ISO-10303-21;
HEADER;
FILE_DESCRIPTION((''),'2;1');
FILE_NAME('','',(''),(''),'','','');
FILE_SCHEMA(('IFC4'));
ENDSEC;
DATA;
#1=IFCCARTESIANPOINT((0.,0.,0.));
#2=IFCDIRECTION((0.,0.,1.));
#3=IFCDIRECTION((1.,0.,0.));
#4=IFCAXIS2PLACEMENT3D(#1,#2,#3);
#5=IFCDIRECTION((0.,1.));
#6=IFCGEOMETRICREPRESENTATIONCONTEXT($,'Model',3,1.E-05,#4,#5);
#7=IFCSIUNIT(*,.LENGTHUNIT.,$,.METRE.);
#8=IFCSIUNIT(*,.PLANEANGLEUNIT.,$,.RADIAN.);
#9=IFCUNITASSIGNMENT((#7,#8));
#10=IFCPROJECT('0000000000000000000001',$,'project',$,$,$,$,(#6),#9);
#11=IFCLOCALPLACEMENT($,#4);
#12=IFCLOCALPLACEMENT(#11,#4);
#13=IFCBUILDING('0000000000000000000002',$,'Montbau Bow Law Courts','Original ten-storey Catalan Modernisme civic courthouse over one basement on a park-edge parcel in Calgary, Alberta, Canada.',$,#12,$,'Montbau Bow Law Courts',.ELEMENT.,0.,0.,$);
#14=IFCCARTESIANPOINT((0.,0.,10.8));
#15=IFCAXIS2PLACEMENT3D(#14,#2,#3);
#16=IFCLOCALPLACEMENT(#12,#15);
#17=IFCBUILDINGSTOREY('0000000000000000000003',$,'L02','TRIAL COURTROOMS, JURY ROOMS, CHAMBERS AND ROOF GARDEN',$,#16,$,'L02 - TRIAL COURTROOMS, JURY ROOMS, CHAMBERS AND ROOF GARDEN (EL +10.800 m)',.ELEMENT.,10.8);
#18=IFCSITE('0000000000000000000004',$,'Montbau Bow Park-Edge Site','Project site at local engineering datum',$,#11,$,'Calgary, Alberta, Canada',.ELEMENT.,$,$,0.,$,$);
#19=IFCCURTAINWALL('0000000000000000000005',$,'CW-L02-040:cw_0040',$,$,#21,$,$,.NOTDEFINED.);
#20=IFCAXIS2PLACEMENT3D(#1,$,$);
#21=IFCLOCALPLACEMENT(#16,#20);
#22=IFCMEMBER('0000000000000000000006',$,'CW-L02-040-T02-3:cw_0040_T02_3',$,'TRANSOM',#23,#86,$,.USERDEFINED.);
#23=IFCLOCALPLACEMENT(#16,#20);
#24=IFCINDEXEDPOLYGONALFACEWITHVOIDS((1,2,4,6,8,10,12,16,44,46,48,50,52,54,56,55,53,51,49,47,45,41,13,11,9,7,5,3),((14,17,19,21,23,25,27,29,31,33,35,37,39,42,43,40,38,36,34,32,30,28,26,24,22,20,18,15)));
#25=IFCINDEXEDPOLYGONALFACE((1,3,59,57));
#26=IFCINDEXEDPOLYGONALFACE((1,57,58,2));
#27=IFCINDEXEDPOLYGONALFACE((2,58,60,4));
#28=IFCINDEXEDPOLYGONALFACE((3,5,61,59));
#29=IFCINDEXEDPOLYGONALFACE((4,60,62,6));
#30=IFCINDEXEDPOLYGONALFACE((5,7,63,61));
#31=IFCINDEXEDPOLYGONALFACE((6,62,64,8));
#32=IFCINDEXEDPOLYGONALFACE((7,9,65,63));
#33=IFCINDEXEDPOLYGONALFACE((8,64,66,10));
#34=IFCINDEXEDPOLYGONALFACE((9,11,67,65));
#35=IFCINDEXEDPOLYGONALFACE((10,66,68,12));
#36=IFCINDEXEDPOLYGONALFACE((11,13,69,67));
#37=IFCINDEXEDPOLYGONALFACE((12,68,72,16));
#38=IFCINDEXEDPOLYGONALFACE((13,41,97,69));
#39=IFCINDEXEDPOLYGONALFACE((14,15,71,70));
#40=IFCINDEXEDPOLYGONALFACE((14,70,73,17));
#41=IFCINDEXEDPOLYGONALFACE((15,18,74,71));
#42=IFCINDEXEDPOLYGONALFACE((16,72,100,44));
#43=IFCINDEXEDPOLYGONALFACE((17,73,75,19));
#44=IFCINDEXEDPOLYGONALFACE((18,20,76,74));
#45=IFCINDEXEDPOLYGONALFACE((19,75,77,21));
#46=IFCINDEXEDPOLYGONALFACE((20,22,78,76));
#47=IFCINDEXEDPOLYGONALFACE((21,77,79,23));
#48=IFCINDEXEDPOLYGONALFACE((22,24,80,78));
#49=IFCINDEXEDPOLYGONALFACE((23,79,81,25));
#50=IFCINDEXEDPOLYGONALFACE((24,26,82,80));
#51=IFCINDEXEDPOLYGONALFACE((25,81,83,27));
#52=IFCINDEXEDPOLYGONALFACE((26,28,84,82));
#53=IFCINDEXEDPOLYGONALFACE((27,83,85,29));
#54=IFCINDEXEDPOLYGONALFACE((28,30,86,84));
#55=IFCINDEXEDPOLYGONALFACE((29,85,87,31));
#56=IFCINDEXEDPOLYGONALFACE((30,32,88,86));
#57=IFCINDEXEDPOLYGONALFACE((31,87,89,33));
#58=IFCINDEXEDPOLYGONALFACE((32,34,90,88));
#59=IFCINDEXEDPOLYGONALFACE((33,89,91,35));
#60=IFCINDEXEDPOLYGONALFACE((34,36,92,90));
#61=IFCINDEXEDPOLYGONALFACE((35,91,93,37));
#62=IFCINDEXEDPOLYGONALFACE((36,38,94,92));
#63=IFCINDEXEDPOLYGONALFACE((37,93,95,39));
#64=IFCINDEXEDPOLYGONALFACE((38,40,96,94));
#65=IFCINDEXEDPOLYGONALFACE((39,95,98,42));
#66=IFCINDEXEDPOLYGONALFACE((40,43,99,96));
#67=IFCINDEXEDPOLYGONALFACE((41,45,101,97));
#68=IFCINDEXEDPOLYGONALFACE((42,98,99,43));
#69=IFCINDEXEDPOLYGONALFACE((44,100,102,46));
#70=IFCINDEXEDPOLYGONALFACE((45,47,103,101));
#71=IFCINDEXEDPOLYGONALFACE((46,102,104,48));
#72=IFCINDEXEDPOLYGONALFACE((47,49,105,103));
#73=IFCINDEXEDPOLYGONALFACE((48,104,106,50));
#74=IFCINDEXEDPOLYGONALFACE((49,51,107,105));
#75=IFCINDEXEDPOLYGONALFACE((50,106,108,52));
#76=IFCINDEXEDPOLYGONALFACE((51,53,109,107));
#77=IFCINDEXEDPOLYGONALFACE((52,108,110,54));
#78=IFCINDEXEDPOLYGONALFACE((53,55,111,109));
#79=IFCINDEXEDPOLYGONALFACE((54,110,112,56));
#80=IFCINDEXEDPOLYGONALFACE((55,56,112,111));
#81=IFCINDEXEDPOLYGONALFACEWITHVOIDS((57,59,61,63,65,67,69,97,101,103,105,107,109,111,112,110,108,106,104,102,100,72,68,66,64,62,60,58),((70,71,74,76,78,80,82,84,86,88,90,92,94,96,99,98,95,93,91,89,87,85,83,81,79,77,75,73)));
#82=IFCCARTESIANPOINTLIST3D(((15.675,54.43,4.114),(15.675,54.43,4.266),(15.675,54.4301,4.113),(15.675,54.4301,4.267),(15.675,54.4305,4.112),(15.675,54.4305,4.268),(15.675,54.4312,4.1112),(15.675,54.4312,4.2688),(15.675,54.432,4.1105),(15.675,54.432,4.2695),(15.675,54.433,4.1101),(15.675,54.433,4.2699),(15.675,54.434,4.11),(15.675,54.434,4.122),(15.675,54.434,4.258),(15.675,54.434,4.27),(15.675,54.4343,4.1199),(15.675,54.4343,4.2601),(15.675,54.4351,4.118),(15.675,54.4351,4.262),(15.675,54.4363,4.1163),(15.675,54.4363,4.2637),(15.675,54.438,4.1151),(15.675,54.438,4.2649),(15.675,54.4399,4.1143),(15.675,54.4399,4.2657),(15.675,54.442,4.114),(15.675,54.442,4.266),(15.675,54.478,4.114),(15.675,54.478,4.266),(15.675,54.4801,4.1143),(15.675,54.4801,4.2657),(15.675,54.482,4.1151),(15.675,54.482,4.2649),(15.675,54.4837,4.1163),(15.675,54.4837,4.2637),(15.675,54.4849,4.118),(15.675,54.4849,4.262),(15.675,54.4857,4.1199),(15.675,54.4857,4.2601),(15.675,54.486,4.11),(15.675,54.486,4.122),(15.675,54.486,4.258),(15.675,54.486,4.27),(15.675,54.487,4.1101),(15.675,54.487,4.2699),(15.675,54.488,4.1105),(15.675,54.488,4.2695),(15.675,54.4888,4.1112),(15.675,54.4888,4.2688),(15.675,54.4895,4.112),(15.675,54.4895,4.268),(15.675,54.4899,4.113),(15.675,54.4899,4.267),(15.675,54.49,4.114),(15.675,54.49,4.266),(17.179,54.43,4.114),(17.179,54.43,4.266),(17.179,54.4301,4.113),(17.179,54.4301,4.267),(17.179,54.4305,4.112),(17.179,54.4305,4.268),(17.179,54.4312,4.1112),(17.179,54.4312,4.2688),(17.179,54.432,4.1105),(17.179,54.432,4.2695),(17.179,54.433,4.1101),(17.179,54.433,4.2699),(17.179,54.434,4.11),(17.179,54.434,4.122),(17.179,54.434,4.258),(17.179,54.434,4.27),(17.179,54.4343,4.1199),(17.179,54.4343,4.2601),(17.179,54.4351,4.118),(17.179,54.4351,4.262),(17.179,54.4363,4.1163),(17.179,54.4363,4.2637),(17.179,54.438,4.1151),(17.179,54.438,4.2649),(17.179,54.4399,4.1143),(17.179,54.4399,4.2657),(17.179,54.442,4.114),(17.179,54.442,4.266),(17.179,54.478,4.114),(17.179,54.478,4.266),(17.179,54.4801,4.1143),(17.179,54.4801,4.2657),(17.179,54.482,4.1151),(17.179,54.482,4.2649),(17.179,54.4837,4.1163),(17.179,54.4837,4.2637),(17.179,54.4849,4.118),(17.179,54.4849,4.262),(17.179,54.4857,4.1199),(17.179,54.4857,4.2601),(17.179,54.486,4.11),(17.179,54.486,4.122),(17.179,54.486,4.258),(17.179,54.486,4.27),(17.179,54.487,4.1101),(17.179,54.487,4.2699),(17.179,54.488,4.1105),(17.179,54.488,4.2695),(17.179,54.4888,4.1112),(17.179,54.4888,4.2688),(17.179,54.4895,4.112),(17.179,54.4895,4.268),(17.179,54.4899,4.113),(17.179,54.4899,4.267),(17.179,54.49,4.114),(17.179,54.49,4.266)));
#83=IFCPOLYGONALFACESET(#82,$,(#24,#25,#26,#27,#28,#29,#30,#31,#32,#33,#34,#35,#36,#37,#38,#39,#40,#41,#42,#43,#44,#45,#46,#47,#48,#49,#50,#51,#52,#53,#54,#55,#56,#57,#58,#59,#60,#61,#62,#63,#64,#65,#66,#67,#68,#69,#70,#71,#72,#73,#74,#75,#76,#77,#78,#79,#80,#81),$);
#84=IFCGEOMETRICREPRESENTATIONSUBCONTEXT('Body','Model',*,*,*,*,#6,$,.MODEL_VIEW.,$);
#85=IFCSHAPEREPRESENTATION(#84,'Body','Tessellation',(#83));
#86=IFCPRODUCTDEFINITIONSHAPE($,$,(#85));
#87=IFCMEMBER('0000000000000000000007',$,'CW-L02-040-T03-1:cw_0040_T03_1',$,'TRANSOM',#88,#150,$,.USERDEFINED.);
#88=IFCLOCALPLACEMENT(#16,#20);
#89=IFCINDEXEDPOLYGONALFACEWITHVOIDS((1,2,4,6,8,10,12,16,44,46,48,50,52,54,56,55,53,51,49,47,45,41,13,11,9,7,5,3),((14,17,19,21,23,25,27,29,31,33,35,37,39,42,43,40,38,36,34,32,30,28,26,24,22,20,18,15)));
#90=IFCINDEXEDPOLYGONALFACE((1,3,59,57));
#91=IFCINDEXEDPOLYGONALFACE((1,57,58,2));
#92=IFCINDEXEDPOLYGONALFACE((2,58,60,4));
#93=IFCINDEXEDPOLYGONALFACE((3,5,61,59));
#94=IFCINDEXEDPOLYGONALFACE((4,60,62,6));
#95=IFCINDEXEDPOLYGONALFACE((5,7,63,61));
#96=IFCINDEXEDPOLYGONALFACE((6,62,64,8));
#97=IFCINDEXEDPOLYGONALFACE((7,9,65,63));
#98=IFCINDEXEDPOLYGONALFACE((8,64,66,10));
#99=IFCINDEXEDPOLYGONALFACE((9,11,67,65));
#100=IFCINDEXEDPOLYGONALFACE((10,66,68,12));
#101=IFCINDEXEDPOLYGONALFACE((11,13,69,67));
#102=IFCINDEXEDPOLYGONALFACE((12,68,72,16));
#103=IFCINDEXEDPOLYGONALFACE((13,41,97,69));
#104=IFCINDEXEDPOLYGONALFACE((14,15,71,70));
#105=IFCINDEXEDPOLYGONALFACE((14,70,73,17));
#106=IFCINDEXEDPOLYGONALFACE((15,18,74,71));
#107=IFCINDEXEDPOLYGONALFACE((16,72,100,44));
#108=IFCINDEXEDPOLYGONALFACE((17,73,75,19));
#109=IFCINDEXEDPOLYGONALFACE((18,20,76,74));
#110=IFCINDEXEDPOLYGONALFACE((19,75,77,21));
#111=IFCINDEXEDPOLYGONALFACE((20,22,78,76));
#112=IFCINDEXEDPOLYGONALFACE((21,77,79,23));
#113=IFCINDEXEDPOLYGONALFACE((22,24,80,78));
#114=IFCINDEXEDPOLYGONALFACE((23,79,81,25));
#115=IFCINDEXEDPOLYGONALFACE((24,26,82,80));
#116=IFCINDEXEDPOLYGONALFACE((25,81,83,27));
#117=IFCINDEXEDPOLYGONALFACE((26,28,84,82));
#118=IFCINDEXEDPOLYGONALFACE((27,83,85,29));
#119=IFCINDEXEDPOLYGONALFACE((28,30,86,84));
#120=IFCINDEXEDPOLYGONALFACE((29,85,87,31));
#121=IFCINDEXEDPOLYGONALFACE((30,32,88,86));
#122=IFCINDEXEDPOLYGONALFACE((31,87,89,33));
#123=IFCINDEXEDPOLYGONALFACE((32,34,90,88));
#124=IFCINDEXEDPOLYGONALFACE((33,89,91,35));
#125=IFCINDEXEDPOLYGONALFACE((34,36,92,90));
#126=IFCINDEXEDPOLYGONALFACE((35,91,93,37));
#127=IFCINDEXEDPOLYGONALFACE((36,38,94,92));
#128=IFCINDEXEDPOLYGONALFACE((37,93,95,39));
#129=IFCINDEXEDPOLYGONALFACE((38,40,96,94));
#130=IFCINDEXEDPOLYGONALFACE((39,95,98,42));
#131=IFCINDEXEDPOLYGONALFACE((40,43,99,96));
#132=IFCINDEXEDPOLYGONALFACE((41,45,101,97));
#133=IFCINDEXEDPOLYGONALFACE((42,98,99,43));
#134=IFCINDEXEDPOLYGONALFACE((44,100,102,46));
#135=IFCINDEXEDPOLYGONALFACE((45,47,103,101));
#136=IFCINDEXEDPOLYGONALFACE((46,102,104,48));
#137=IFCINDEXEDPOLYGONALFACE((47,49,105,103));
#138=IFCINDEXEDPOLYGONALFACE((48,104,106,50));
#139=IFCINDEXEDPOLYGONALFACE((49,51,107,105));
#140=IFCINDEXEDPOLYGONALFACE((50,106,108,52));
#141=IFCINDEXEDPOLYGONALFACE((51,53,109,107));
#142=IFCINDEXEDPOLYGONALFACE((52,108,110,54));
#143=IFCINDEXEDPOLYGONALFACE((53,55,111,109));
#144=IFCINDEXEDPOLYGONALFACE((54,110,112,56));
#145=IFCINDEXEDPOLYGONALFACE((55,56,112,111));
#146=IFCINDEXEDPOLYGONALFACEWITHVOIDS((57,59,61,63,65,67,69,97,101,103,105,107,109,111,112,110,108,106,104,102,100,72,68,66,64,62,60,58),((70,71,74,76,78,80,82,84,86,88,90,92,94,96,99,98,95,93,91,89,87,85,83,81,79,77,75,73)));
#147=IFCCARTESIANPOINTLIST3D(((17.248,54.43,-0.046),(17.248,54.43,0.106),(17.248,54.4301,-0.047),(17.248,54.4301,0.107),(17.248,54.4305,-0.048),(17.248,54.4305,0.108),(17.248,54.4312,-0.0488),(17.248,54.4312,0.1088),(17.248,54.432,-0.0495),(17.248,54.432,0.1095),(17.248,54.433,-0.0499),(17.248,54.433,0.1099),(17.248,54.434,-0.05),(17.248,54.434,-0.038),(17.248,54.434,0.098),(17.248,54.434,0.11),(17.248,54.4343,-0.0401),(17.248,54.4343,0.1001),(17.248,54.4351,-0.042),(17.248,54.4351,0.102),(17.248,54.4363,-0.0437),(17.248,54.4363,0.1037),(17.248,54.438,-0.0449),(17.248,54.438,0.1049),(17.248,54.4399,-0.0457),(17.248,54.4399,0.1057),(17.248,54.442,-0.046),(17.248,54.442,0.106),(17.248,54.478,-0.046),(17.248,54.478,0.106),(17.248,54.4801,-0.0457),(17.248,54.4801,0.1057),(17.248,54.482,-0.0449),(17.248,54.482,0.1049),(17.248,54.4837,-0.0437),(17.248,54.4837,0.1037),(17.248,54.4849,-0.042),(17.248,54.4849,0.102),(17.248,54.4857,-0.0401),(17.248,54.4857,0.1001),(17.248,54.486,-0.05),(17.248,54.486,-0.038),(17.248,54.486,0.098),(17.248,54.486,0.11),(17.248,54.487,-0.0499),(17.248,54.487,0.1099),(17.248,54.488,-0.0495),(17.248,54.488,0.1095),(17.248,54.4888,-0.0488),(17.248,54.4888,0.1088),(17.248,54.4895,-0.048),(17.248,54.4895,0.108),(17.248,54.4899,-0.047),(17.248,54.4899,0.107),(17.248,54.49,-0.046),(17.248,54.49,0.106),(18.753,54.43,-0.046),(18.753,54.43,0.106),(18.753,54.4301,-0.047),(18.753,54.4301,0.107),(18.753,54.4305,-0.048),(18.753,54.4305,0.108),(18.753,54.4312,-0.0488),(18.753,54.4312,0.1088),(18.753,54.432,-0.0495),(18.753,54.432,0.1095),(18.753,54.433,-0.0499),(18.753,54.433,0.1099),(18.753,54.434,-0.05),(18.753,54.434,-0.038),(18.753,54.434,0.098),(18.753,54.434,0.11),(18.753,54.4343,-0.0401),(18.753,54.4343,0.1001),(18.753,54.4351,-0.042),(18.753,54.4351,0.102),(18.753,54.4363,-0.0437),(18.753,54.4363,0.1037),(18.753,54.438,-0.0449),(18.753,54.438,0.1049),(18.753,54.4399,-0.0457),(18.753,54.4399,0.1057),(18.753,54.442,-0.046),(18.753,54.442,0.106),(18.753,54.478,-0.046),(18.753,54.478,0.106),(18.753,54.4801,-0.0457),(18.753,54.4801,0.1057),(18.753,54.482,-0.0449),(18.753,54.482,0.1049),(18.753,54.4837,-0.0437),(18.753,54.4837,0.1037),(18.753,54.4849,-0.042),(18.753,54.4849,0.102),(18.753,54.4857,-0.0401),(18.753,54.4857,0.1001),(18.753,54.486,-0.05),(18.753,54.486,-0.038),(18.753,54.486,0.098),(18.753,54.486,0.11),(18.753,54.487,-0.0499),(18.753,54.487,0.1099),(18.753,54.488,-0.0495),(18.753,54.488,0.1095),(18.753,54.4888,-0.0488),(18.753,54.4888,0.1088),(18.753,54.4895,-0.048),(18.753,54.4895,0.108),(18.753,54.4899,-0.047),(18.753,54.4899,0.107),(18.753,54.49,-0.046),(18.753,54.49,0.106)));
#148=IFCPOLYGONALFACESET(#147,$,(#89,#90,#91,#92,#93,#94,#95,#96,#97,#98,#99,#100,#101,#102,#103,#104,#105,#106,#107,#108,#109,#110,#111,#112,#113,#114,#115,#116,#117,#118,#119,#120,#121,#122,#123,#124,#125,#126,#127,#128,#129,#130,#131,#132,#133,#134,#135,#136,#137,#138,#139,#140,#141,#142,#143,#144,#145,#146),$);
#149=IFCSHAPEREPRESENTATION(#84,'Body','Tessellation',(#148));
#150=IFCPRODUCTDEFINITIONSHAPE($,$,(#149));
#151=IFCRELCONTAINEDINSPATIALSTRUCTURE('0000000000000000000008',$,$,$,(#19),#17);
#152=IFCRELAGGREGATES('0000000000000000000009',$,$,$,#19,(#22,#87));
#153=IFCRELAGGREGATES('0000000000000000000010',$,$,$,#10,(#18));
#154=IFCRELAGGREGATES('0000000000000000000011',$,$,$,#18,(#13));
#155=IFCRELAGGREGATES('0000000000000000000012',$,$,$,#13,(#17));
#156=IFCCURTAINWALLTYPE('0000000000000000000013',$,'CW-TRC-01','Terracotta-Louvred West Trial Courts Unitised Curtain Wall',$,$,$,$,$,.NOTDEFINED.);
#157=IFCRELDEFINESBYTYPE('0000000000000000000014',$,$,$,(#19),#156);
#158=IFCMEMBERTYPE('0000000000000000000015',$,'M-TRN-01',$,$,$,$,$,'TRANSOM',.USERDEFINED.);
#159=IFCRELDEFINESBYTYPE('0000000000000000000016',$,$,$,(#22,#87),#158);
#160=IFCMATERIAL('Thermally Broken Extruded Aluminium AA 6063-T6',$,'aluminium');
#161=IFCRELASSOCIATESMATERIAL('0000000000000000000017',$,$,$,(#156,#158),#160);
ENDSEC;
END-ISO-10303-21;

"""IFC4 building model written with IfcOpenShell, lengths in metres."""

from ifc_helpers import new_model, si_unit, direction, frame, origin_with_axes, origin_2d_with_axis, place, context, subcontext, project, spatial, hollow_rectangle, extrude, material, material_profile, profile_set, type_object, element, aggregate, save


model = new_model("IFC4")

# Units and contexts
model_context = context("Model", 3, precision=1e-05, world=origin_with_axes(), true_north=direction((0.0, 1.0)))
body_context = subcontext(model_context, "Body", "Model", "MODEL_VIEW")
ifc_project = project(units=[si_unit("LENGTHUNIT", "METRE"), si_unit("PLANEANGLEUNIT", "RADIAN")], contexts=[model_context])

# Site, building, storey
site_placement = place(None, origin_with_axes())
site = spatial("IfcSite", under=ifc_project, at=site_placement, Name="Montbau Bow Park-Edge Site", Description="Project site at local engineering datum", LongName="Calgary, Alberta, Canada", CompositionType="ELEMENT", RefElevation=0.0)
building_placement = place(site_placement, origin_with_axes())
building = spatial("IfcBuilding", under=site, at=building_placement, Name="Montbau Bow Law Courts", Description="Original ten-storey Catalan Modernisme civic courthouse over one basement on a park-edge parcel in Calgary, Alberta, Canada.", LongName="Montbau Bow Law Courts", CompositionType="ELEMENT", ElevationOfRefHeight=0.0, ElevationOfTerrain=0.0)
storey_placement = place(building_placement, frame((0.0, 0.0, 10.8), z_axis=(0.0, 0.0, 1.0), x_axis=(1.0, 0.0, 0.0)))
storey = spatial("IfcBuildingStorey", under=building, at=storey_placement, Name="L02", Description="TRIAL COURTROOMS, JURY ROOMS, CHAMBERS AND ROOF GARDEN", LongName="L02 - TRIAL COURTROOMS, JURY ROOMS, CHAMBERS AND ROOF GARDEN (EL +10.800 m)", CompositionType="ELEMENT", Elevation=10.8)

# Curtain wall
ifc_material_1 = material(Name="Thermally Broken Extruded Aluminium AA 6063-T6", Category="aluminium")
curtain_wall_type = type_object("IfcCurtainWallType", Name="CW-TRC-01", Description="Terracotta-Louvred West Trial Courts Unitised Curtain Wall", PredefinedType="NOTDEFINED", material=ifc_material_1)
curtain_wall_1_placement = place(None, frame((14.068, 54.46, 10.8), z_axis=(0.0, 0.0, 1.0), x_axis=(1.0, 0.0, 0.0)))
curtain_wall_1 = element("IfcCurtainWall", 1, at=curtain_wall_1_placement, inside=storey, type_object=curtain_wall_type, Name="CW-L02-040:cw_0040", PredefinedType="NOTDEFINED")

# Members
ifc_material_profile_1 = material_profile(ifc_material_1, hollow_rectangle(XDim=0.06, YDim=0.16, WallThickness=0.004, InnerFilletRadius=0.008, OuterFilletRadius=0.004, at=origin_2d_with_axis()), Name="CWT-160X60", Category="Main", Priority=0)
ifc_profile_set_1 = profile_set([ifc_material_profile_1], Name="Thermally Broken Extruded Aluminium AA 6063-T6")
member_type_1 = type_object("IfcMemberType", Name="M-TRN-01", ElementType="TRANSOM", PredefinedType="USERDEFINED", material=ifc_profile_set_1)
member_1_placement = place(None, frame((15.675, 54.46, 14.99), z_axis=(1.0, 0.0, 0.0), x_axis=(0.0, 1.0, 0.0)))
member_1 = element("IfcMember", 2, at=member_1_placement, type_object=member_type_1, Name="CW-L02-040-T02-3:cw_0040_T02_3", ObjectType="TRANSOM", PredefinedType="USERDEFINED", context=body_context, shape_type="SweptSolid", body=[
    extrude(hollow_rectangle(XDim=0.06, YDim=0.16, WallThickness=0.004, InnerFilletRadius=0.008, OuterFilletRadius=0.004, at=origin_2d_with_axis()), origin_with_axes(), (0.0, 0.0, 1.0), 1.504),
])
member_2_placement = place(None, frame((17.248, 54.46, 10.83), z_axis=(1.0, 0.0, 0.0), x_axis=(0.0, 1.0, 0.0)))
member_2 = element("IfcMember", 3, at=member_2_placement, type_object=member_type_1, Name="CW-L02-040-T03-1:cw_0040_T03_1", ObjectType="TRANSOM", PredefinedType="USERDEFINED", context=body_context, shape_type="SweptSolid", body=[
    extrude(hollow_rectangle(XDim=0.06, YDim=0.16, WallThickness=0.004, InnerFilletRadius=0.008, OuterFilletRadius=0.004, at=origin_2d_with_axis()), origin_with_axes(), (0.0, 0.0, 1.0), 1.505),
])

aggregate(curtain_wall_1, [member_1, member_2])

save(model, "model.ifc")
